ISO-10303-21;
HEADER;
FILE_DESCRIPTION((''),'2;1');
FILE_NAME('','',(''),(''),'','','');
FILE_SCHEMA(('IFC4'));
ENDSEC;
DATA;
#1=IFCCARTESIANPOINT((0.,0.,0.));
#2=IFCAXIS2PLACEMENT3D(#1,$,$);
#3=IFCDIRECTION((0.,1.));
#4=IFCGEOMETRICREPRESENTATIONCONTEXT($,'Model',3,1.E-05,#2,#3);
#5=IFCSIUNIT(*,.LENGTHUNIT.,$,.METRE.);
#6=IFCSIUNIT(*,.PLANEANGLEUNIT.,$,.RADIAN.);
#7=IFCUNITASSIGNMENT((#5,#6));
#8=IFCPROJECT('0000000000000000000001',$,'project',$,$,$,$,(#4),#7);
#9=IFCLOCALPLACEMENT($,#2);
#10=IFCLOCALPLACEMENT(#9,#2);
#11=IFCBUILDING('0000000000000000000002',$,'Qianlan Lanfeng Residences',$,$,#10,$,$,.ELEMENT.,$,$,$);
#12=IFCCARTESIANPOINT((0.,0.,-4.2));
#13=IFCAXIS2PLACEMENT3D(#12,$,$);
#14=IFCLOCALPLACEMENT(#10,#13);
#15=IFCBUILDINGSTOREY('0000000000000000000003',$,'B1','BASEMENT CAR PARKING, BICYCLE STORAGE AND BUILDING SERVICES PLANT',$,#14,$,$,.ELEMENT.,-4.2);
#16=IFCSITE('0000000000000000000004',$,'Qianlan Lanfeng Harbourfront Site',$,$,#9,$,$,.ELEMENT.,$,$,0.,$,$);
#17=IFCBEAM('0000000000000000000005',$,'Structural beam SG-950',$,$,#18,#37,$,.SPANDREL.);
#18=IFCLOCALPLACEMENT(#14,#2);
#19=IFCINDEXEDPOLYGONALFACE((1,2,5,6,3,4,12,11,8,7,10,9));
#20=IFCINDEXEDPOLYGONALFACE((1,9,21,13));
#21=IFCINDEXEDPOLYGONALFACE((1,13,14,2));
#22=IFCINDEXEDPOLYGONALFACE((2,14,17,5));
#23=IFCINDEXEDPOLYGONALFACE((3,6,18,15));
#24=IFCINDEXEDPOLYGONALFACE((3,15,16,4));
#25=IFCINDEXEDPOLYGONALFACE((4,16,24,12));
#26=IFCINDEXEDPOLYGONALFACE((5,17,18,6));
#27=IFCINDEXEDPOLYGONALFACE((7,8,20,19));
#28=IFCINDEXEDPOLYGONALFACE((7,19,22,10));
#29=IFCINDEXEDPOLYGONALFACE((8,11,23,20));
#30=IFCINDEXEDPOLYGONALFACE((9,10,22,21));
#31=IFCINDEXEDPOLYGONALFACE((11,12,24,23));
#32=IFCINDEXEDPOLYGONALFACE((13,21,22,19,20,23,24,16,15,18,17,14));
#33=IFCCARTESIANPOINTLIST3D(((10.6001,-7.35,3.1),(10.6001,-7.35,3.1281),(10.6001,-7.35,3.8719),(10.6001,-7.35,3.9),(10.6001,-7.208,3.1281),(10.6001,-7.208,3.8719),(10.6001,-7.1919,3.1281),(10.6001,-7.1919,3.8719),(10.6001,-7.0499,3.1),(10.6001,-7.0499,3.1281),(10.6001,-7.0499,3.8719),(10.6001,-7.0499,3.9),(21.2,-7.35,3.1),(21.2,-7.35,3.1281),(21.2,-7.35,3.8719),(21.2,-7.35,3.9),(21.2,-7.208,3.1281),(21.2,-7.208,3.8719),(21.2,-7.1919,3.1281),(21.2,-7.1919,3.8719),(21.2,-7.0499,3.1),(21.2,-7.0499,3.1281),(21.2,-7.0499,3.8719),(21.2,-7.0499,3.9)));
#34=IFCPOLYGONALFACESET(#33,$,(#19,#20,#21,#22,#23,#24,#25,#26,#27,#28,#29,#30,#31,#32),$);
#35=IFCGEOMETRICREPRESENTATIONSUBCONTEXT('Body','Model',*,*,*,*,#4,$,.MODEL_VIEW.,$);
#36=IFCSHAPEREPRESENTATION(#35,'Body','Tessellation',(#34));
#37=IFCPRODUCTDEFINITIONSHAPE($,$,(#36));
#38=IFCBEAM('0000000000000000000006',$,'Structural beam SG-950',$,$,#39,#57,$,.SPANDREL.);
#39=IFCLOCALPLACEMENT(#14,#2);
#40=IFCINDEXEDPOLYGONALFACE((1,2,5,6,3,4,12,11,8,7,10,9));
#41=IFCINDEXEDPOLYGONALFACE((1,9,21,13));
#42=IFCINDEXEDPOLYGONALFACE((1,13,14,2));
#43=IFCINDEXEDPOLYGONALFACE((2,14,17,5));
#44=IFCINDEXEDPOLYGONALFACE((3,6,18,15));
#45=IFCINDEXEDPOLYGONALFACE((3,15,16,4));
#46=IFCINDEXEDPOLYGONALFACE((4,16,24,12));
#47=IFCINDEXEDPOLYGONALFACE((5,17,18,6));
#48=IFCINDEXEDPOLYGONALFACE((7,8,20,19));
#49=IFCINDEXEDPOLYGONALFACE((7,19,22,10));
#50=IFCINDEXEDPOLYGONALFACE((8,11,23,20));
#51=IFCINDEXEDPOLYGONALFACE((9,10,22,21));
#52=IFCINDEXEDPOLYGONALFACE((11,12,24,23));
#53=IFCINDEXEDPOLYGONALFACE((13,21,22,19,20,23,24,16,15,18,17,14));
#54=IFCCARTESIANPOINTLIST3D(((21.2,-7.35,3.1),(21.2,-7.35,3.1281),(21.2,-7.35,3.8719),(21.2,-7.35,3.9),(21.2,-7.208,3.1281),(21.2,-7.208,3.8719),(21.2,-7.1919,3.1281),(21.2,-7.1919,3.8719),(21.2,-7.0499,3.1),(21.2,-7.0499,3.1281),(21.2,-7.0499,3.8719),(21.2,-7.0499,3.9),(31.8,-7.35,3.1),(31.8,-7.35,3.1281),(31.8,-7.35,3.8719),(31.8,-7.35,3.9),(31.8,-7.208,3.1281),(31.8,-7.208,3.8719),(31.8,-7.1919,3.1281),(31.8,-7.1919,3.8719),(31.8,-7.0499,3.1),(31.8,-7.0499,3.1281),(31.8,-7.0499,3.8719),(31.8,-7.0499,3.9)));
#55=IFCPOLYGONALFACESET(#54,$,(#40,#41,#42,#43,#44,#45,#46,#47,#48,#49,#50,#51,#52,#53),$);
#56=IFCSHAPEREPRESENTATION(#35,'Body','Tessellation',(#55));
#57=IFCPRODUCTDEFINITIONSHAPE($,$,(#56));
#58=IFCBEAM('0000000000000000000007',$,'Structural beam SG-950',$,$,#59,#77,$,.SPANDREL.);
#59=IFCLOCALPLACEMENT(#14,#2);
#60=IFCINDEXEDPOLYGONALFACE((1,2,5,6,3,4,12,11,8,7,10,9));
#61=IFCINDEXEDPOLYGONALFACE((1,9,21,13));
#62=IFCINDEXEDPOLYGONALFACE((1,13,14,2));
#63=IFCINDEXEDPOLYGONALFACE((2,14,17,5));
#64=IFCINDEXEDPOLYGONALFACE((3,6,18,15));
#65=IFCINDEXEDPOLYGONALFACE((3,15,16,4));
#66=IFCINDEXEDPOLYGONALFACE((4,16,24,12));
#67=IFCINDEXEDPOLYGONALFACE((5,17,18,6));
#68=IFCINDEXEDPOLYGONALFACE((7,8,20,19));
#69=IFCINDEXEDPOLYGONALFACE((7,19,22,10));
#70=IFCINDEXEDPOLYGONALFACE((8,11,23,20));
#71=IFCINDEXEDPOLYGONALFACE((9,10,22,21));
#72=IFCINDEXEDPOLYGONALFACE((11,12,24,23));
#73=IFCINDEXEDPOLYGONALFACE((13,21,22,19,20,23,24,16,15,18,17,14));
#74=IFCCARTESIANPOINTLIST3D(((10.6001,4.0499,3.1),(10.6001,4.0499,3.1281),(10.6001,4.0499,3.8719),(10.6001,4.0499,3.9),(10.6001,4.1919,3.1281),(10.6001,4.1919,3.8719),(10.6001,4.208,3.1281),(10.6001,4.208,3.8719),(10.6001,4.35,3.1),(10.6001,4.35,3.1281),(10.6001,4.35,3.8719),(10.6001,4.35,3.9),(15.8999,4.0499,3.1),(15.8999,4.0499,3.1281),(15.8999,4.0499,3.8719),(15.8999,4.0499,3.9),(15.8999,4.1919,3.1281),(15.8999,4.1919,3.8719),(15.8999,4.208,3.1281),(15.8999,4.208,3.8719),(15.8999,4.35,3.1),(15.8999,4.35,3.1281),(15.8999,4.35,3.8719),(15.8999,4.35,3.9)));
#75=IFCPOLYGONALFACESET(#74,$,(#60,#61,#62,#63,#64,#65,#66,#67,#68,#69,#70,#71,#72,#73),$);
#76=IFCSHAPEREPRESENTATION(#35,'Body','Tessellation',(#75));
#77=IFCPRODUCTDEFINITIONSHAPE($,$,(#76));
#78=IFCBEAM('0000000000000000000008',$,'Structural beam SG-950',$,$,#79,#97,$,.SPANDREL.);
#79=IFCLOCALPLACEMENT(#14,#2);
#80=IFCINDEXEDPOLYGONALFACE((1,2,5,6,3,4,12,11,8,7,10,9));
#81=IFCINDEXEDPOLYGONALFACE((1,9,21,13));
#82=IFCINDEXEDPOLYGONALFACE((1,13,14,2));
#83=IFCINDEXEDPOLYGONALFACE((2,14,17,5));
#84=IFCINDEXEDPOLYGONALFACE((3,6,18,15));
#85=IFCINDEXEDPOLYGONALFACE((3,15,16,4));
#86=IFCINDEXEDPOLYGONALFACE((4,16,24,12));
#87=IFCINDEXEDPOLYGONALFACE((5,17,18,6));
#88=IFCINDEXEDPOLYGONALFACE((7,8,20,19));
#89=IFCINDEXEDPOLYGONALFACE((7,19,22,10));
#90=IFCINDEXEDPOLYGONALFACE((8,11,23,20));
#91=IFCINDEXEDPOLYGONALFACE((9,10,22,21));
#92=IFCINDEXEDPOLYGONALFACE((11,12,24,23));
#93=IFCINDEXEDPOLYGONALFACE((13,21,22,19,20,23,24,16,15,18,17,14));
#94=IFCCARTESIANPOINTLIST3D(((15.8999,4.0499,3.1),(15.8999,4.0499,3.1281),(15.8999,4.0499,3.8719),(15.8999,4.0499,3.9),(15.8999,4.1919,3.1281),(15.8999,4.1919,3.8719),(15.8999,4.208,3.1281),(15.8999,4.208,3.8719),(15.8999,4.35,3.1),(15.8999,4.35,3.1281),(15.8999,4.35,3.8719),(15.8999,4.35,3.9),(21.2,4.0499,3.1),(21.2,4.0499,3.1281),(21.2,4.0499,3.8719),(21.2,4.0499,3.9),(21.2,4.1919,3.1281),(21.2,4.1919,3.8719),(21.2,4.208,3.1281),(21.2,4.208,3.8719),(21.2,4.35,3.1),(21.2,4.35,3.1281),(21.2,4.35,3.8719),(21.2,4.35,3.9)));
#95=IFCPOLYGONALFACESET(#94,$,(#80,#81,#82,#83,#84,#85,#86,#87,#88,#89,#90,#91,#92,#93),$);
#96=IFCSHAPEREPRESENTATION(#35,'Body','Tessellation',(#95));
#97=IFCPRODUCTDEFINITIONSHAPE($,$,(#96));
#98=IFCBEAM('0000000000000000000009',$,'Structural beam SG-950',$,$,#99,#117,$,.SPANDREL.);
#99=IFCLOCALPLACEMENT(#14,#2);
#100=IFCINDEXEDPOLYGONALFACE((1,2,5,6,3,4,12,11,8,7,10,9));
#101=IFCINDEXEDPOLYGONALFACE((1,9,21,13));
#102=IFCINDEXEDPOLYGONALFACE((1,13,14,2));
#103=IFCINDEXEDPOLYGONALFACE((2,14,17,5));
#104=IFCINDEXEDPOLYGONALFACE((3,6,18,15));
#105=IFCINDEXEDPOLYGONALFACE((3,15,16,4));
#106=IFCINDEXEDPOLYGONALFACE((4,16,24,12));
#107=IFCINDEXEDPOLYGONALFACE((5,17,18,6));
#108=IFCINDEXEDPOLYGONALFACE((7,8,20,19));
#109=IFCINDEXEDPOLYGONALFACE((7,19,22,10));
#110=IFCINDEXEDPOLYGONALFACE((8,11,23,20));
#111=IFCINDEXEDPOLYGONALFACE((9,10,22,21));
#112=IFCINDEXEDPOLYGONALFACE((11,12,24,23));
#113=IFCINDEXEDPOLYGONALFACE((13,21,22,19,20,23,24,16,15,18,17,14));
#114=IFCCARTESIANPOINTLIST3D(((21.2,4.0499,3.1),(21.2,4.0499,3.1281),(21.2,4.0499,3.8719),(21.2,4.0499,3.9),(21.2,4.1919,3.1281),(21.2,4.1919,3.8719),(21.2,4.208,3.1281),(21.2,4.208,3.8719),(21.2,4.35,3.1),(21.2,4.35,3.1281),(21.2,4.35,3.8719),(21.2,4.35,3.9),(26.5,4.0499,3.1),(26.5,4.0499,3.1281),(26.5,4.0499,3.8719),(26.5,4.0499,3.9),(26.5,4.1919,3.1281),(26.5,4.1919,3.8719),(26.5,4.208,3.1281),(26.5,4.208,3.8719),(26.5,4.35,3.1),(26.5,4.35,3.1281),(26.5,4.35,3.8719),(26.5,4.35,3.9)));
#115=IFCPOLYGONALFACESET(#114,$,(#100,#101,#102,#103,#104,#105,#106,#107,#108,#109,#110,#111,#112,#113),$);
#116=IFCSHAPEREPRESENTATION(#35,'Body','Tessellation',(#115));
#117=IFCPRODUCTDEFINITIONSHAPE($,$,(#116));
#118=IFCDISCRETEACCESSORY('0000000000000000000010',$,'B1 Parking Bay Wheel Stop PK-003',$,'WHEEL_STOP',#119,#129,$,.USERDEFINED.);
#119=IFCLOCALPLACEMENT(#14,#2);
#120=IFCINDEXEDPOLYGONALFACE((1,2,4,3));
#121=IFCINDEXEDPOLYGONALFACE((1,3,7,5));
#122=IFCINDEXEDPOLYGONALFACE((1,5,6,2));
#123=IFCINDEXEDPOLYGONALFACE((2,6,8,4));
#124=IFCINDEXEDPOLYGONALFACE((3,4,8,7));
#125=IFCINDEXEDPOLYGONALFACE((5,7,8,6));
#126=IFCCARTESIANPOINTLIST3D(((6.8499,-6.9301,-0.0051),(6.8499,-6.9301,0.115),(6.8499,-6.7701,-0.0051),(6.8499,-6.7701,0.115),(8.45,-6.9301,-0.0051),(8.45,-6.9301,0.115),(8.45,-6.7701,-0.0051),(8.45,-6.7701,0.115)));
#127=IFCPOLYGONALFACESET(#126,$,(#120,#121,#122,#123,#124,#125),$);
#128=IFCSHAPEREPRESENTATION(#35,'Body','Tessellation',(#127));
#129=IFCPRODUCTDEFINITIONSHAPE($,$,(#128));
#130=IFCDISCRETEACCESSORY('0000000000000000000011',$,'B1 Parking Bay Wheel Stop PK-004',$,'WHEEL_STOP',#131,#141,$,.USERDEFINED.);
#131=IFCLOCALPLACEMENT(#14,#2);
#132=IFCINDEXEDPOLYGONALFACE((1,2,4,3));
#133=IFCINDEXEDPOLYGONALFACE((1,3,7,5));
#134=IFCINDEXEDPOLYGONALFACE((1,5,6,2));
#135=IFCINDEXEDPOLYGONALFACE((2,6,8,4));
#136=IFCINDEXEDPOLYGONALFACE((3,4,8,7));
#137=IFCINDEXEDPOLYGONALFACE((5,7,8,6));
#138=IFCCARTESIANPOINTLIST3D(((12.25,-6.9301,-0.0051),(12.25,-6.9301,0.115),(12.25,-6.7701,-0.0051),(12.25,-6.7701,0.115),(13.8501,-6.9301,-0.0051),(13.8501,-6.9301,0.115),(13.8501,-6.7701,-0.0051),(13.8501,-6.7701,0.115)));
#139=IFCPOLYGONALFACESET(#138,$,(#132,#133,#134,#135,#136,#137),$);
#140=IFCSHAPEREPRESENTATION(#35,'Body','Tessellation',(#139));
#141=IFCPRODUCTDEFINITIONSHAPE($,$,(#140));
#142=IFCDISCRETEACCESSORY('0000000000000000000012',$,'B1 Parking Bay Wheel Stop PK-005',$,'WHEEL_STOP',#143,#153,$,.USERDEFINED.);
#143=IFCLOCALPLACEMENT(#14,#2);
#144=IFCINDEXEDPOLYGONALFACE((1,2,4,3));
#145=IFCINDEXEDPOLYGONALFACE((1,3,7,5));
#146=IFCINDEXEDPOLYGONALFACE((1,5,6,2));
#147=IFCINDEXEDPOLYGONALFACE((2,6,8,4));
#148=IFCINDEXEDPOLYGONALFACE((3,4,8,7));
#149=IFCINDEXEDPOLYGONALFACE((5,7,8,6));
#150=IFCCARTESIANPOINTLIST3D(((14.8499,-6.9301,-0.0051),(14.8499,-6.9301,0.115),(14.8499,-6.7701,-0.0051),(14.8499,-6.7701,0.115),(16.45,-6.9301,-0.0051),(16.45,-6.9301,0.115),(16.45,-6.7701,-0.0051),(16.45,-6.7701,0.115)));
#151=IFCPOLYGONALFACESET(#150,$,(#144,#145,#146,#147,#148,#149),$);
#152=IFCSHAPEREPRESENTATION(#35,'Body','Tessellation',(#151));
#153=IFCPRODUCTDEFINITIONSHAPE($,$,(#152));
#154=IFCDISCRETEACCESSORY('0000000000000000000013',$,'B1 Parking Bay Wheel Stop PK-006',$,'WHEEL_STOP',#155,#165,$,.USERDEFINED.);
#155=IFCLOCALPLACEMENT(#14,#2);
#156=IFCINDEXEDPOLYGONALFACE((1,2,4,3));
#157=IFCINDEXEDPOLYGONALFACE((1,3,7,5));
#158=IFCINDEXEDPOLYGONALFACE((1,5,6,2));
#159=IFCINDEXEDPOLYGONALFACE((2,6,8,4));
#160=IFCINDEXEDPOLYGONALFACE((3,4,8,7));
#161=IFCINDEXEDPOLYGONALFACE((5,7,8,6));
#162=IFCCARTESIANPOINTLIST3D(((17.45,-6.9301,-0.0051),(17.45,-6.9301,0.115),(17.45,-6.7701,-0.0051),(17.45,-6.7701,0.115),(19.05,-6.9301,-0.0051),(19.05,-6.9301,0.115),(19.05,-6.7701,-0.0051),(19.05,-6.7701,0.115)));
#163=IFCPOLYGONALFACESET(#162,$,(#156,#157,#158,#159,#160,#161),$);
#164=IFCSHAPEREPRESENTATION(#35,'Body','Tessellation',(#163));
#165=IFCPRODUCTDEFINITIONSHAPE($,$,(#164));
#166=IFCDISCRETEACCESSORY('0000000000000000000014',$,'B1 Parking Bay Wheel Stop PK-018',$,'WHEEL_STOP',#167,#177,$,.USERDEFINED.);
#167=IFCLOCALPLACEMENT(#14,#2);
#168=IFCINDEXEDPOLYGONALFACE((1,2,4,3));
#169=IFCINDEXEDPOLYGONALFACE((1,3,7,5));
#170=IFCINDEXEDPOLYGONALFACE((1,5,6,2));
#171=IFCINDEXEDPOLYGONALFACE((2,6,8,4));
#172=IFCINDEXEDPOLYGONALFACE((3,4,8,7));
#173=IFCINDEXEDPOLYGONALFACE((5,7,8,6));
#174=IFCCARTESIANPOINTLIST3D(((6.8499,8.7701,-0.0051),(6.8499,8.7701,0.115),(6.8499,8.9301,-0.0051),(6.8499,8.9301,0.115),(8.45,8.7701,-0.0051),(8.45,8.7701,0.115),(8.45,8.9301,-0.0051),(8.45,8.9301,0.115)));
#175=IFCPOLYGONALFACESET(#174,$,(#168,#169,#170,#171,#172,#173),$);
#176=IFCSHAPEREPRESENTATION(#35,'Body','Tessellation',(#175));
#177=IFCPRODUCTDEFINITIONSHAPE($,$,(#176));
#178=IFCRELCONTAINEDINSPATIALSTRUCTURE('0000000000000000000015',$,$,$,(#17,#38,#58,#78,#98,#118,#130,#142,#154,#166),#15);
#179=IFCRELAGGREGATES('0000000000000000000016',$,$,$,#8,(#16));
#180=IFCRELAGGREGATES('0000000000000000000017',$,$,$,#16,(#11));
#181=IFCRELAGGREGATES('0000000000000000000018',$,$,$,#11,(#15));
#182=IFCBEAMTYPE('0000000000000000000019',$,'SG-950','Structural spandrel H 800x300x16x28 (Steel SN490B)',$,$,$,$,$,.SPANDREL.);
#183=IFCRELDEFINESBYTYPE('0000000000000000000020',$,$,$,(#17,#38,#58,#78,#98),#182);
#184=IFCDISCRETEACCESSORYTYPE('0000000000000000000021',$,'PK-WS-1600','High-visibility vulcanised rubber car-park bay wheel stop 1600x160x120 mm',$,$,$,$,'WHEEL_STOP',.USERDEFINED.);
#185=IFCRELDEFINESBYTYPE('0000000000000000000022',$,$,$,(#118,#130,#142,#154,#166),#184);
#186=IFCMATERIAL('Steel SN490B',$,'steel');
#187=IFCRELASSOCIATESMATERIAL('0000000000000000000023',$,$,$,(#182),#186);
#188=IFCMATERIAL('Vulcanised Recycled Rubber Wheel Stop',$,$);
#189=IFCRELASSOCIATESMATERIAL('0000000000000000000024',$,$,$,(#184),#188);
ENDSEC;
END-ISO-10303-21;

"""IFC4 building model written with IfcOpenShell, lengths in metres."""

from ifc_helpers import new_model, si_unit, direction, frame, origin, origin_2d, place, context, subcontext, project, spatial, rectangle, i_section, extrude, source, transform, mapped, material, material_profile, profile_set, type_object, element, save


model = new_model("IFC4")

# Units and contexts
model_context = context("Model", 3, precision=1e-05, world=origin(), true_north=direction((0.0, 1.0)))
body_context = subcontext(model_context, "Body", "Model", "MODEL_VIEW")
ifc_project = project(units=[si_unit("LENGTHUNIT", "METRE"), si_unit("PLANEANGLEUNIT", "RADIAN")], contexts=[model_context])

# Site, building, storey
site_placement = place(None, origin())
site = spatial("IfcSite", under=ifc_project, at=site_placement, Name="Qianlan Lanfeng Harbourfront Site", CompositionType="ELEMENT", RefElevation=0.0)
building_placement = place(site_placement, origin())
building = spatial("IfcBuilding", under=site, at=building_placement, Name="Qianlan Lanfeng Residences", CompositionType="ELEMENT")
storey_placement = place(building_placement, frame((0.0, 0.0, -4.2)))
storey = spatial("IfcBuildingStorey", under=building, at=storey_placement, Name="B1", Description="BASEMENT CAR PARKING, BICYCLE STORAGE AND BUILDING SERVICES PLANT", CompositionType="ELEMENT", Elevation=-4.2)

# Beams
ifc_material_1 = material(Name="Steel SN490B", Category="steel")
ifc_material_profile_1 = material_profile(ifc_material_1, i_section(OverallWidth=0.3, OverallDepth=0.8, WebThickness=0.0161, FlangeThickness=0.0281, at=origin_2d()), Name="H 800x300x16x28")
ifc_profile_set_1 = profile_set([ifc_material_profile_1], Name="Steel SN490B")
beam_type_1 = type_object("IfcBeamType", Name="SG-950", Description="Structural spandrel H 800x300x16x28 (Steel SN490B)", PredefinedType="SPANDREL", material=ifc_profile_set_1)
beam_1_placement = place(storey_placement, frame((10.6001, -7.2, 3.5), z_axis=(1.0, 0.0, 0.0), x_axis=(0.0, 1.0, 0.0)))
element("IfcBeam", 1, at=beam_1_placement, inside=storey, type_object=beam_type_1, Name="Structural beam SG-950", PredefinedType="SPANDREL", context=body_context, shape_type="SweptSolid", body=[
    extrude(i_section(OverallWidth=0.3, OverallDepth=0.8, WebThickness=0.0161, FlangeThickness=0.0281, at=origin_2d()), origin(), (0.0, 0.0, 1.0), 10.5999),
])
beam_2_placement = place(storey_placement, frame((21.2, -7.2, 3.5), z_axis=(1.0, 0.0, 0.0), x_axis=(0.0, 1.0, 0.0)))
element("IfcBeam", 2, at=beam_2_placement, inside=storey, type_object=beam_type_1, Name="Structural beam SG-950", PredefinedType="SPANDREL", context=body_context, shape_type="SweptSolid", body=[
    extrude(i_section(OverallWidth=0.3, OverallDepth=0.8, WebThickness=0.0161, FlangeThickness=0.0281, at=origin_2d()), origin(), (0.0, 0.0, 1.0), 10.6001),
])
beam_3_placement = place(storey_placement, frame((10.6001, 4.2, 3.5), z_axis=(1.0, 0.0, 0.0), x_axis=(0.0, 1.0, 0.0)))
element("IfcBeam", 3, at=beam_3_placement, inside=storey, type_object=beam_type_1, Name="Structural beam SG-950", PredefinedType="SPANDREL", context=body_context, shape_type="SweptSolid", body=[
    extrude(i_section(OverallWidth=0.3, OverallDepth=0.8, WebThickness=0.0161, FlangeThickness=0.0281, at=origin_2d()), origin(), (0.0, 0.0, 1.0), 5.2998),
])
for number, where, z_axis, x_axis, name in (
    (4, (15.8999, 4.2, 3.5), (1.0, 0.0, 0.0), (0.0, 1.0, 0.0), "Structural beam SG-950"),
    (5, (21.2, 4.2, 3.5), (1.0, 0.0, 0.0), (0.0, 1.0, 0.0), "Structural beam SG-950"),
):
    element("IfcBeam", number, at=place(storey_placement, frame(where, z_axis=z_axis, x_axis=x_axis)), inside=storey, type_object=beam_type_1, Name=name, PredefinedType="SPANDREL", context=body_context, shape_type="SweptSolid", body=[
        extrude(i_section(OverallWidth=0.3, OverallDepth=0.8, WebThickness=0.0161, FlangeThickness=0.0281, at=origin_2d()), origin(), (0.0, 0.0, 1.0), 5.3),
    ])

# Discrete accessories
ifc_material_2 = material(Name="Vulcanised Recycled Rubber Wheel Stop")
discrete_accessory_type = type_object("IfcDiscreteAccessoryType", Name="PK-WS-1600", Description="High-visibility vulcanised rubber car-park bay wheel stop 1600x160x120 mm", ElementType="WHEEL_STOP", PredefinedType="USERDEFINED", material=ifc_material_2)
shared_shape = source(origin(), body_context, "Body", "SweptSolid", [
    extrude(rectangle(XDim=1.6001, YDim=0.1599, at=origin_2d()), origin(), (0.0, 0.0, 1.0), 0.1201),
])
for number, where, z_axis, x_axis, name in (
    (6, (7.6499, -6.8501, -0.0051), (0.0, 0.0, 1.0), (1.0, 0.0, 0.0), "B1 Parking Bay Wheel Stop PK-003"),
    (7, (13.05, -6.8501, -0.0051), (0.0, 0.0, 1.0), (1.0, 0.0, 0.0), "B1 Parking Bay Wheel Stop PK-004"),
    (8, (15.6499, -6.8501, -0.0051), (0.0, 0.0, 1.0), (1.0, 0.0, 0.0), "B1 Parking Bay Wheel Stop PK-005"),
    (9, (18.25, -6.8501, -0.0051), (0.0, 0.0, 1.0), (1.0, 0.0, 0.0), "B1 Parking Bay Wheel Stop PK-006"),
    (10, (7.6499, 8.8501, -0.0051), (0.0, 0.0, 1.0), (1.0, 0.0, 0.0), "B1 Parking Bay Wheel Stop PK-018"),
):
    element("IfcDiscreteAccessory", number, at=place(storey_placement, frame(where, z_axis=z_axis, x_axis=x_axis)), inside=storey, type_object=discrete_accessory_type, Name=name, ObjectType="WHEEL_STOP", PredefinedType="USERDEFINED", context=body_context, shape_type="MappedRepresentation", body=[
        mapped(shared_shape, transform((0.0, 0.0, 0.0), scale=1.0)),
    ])

save(model, "model.ifc")
